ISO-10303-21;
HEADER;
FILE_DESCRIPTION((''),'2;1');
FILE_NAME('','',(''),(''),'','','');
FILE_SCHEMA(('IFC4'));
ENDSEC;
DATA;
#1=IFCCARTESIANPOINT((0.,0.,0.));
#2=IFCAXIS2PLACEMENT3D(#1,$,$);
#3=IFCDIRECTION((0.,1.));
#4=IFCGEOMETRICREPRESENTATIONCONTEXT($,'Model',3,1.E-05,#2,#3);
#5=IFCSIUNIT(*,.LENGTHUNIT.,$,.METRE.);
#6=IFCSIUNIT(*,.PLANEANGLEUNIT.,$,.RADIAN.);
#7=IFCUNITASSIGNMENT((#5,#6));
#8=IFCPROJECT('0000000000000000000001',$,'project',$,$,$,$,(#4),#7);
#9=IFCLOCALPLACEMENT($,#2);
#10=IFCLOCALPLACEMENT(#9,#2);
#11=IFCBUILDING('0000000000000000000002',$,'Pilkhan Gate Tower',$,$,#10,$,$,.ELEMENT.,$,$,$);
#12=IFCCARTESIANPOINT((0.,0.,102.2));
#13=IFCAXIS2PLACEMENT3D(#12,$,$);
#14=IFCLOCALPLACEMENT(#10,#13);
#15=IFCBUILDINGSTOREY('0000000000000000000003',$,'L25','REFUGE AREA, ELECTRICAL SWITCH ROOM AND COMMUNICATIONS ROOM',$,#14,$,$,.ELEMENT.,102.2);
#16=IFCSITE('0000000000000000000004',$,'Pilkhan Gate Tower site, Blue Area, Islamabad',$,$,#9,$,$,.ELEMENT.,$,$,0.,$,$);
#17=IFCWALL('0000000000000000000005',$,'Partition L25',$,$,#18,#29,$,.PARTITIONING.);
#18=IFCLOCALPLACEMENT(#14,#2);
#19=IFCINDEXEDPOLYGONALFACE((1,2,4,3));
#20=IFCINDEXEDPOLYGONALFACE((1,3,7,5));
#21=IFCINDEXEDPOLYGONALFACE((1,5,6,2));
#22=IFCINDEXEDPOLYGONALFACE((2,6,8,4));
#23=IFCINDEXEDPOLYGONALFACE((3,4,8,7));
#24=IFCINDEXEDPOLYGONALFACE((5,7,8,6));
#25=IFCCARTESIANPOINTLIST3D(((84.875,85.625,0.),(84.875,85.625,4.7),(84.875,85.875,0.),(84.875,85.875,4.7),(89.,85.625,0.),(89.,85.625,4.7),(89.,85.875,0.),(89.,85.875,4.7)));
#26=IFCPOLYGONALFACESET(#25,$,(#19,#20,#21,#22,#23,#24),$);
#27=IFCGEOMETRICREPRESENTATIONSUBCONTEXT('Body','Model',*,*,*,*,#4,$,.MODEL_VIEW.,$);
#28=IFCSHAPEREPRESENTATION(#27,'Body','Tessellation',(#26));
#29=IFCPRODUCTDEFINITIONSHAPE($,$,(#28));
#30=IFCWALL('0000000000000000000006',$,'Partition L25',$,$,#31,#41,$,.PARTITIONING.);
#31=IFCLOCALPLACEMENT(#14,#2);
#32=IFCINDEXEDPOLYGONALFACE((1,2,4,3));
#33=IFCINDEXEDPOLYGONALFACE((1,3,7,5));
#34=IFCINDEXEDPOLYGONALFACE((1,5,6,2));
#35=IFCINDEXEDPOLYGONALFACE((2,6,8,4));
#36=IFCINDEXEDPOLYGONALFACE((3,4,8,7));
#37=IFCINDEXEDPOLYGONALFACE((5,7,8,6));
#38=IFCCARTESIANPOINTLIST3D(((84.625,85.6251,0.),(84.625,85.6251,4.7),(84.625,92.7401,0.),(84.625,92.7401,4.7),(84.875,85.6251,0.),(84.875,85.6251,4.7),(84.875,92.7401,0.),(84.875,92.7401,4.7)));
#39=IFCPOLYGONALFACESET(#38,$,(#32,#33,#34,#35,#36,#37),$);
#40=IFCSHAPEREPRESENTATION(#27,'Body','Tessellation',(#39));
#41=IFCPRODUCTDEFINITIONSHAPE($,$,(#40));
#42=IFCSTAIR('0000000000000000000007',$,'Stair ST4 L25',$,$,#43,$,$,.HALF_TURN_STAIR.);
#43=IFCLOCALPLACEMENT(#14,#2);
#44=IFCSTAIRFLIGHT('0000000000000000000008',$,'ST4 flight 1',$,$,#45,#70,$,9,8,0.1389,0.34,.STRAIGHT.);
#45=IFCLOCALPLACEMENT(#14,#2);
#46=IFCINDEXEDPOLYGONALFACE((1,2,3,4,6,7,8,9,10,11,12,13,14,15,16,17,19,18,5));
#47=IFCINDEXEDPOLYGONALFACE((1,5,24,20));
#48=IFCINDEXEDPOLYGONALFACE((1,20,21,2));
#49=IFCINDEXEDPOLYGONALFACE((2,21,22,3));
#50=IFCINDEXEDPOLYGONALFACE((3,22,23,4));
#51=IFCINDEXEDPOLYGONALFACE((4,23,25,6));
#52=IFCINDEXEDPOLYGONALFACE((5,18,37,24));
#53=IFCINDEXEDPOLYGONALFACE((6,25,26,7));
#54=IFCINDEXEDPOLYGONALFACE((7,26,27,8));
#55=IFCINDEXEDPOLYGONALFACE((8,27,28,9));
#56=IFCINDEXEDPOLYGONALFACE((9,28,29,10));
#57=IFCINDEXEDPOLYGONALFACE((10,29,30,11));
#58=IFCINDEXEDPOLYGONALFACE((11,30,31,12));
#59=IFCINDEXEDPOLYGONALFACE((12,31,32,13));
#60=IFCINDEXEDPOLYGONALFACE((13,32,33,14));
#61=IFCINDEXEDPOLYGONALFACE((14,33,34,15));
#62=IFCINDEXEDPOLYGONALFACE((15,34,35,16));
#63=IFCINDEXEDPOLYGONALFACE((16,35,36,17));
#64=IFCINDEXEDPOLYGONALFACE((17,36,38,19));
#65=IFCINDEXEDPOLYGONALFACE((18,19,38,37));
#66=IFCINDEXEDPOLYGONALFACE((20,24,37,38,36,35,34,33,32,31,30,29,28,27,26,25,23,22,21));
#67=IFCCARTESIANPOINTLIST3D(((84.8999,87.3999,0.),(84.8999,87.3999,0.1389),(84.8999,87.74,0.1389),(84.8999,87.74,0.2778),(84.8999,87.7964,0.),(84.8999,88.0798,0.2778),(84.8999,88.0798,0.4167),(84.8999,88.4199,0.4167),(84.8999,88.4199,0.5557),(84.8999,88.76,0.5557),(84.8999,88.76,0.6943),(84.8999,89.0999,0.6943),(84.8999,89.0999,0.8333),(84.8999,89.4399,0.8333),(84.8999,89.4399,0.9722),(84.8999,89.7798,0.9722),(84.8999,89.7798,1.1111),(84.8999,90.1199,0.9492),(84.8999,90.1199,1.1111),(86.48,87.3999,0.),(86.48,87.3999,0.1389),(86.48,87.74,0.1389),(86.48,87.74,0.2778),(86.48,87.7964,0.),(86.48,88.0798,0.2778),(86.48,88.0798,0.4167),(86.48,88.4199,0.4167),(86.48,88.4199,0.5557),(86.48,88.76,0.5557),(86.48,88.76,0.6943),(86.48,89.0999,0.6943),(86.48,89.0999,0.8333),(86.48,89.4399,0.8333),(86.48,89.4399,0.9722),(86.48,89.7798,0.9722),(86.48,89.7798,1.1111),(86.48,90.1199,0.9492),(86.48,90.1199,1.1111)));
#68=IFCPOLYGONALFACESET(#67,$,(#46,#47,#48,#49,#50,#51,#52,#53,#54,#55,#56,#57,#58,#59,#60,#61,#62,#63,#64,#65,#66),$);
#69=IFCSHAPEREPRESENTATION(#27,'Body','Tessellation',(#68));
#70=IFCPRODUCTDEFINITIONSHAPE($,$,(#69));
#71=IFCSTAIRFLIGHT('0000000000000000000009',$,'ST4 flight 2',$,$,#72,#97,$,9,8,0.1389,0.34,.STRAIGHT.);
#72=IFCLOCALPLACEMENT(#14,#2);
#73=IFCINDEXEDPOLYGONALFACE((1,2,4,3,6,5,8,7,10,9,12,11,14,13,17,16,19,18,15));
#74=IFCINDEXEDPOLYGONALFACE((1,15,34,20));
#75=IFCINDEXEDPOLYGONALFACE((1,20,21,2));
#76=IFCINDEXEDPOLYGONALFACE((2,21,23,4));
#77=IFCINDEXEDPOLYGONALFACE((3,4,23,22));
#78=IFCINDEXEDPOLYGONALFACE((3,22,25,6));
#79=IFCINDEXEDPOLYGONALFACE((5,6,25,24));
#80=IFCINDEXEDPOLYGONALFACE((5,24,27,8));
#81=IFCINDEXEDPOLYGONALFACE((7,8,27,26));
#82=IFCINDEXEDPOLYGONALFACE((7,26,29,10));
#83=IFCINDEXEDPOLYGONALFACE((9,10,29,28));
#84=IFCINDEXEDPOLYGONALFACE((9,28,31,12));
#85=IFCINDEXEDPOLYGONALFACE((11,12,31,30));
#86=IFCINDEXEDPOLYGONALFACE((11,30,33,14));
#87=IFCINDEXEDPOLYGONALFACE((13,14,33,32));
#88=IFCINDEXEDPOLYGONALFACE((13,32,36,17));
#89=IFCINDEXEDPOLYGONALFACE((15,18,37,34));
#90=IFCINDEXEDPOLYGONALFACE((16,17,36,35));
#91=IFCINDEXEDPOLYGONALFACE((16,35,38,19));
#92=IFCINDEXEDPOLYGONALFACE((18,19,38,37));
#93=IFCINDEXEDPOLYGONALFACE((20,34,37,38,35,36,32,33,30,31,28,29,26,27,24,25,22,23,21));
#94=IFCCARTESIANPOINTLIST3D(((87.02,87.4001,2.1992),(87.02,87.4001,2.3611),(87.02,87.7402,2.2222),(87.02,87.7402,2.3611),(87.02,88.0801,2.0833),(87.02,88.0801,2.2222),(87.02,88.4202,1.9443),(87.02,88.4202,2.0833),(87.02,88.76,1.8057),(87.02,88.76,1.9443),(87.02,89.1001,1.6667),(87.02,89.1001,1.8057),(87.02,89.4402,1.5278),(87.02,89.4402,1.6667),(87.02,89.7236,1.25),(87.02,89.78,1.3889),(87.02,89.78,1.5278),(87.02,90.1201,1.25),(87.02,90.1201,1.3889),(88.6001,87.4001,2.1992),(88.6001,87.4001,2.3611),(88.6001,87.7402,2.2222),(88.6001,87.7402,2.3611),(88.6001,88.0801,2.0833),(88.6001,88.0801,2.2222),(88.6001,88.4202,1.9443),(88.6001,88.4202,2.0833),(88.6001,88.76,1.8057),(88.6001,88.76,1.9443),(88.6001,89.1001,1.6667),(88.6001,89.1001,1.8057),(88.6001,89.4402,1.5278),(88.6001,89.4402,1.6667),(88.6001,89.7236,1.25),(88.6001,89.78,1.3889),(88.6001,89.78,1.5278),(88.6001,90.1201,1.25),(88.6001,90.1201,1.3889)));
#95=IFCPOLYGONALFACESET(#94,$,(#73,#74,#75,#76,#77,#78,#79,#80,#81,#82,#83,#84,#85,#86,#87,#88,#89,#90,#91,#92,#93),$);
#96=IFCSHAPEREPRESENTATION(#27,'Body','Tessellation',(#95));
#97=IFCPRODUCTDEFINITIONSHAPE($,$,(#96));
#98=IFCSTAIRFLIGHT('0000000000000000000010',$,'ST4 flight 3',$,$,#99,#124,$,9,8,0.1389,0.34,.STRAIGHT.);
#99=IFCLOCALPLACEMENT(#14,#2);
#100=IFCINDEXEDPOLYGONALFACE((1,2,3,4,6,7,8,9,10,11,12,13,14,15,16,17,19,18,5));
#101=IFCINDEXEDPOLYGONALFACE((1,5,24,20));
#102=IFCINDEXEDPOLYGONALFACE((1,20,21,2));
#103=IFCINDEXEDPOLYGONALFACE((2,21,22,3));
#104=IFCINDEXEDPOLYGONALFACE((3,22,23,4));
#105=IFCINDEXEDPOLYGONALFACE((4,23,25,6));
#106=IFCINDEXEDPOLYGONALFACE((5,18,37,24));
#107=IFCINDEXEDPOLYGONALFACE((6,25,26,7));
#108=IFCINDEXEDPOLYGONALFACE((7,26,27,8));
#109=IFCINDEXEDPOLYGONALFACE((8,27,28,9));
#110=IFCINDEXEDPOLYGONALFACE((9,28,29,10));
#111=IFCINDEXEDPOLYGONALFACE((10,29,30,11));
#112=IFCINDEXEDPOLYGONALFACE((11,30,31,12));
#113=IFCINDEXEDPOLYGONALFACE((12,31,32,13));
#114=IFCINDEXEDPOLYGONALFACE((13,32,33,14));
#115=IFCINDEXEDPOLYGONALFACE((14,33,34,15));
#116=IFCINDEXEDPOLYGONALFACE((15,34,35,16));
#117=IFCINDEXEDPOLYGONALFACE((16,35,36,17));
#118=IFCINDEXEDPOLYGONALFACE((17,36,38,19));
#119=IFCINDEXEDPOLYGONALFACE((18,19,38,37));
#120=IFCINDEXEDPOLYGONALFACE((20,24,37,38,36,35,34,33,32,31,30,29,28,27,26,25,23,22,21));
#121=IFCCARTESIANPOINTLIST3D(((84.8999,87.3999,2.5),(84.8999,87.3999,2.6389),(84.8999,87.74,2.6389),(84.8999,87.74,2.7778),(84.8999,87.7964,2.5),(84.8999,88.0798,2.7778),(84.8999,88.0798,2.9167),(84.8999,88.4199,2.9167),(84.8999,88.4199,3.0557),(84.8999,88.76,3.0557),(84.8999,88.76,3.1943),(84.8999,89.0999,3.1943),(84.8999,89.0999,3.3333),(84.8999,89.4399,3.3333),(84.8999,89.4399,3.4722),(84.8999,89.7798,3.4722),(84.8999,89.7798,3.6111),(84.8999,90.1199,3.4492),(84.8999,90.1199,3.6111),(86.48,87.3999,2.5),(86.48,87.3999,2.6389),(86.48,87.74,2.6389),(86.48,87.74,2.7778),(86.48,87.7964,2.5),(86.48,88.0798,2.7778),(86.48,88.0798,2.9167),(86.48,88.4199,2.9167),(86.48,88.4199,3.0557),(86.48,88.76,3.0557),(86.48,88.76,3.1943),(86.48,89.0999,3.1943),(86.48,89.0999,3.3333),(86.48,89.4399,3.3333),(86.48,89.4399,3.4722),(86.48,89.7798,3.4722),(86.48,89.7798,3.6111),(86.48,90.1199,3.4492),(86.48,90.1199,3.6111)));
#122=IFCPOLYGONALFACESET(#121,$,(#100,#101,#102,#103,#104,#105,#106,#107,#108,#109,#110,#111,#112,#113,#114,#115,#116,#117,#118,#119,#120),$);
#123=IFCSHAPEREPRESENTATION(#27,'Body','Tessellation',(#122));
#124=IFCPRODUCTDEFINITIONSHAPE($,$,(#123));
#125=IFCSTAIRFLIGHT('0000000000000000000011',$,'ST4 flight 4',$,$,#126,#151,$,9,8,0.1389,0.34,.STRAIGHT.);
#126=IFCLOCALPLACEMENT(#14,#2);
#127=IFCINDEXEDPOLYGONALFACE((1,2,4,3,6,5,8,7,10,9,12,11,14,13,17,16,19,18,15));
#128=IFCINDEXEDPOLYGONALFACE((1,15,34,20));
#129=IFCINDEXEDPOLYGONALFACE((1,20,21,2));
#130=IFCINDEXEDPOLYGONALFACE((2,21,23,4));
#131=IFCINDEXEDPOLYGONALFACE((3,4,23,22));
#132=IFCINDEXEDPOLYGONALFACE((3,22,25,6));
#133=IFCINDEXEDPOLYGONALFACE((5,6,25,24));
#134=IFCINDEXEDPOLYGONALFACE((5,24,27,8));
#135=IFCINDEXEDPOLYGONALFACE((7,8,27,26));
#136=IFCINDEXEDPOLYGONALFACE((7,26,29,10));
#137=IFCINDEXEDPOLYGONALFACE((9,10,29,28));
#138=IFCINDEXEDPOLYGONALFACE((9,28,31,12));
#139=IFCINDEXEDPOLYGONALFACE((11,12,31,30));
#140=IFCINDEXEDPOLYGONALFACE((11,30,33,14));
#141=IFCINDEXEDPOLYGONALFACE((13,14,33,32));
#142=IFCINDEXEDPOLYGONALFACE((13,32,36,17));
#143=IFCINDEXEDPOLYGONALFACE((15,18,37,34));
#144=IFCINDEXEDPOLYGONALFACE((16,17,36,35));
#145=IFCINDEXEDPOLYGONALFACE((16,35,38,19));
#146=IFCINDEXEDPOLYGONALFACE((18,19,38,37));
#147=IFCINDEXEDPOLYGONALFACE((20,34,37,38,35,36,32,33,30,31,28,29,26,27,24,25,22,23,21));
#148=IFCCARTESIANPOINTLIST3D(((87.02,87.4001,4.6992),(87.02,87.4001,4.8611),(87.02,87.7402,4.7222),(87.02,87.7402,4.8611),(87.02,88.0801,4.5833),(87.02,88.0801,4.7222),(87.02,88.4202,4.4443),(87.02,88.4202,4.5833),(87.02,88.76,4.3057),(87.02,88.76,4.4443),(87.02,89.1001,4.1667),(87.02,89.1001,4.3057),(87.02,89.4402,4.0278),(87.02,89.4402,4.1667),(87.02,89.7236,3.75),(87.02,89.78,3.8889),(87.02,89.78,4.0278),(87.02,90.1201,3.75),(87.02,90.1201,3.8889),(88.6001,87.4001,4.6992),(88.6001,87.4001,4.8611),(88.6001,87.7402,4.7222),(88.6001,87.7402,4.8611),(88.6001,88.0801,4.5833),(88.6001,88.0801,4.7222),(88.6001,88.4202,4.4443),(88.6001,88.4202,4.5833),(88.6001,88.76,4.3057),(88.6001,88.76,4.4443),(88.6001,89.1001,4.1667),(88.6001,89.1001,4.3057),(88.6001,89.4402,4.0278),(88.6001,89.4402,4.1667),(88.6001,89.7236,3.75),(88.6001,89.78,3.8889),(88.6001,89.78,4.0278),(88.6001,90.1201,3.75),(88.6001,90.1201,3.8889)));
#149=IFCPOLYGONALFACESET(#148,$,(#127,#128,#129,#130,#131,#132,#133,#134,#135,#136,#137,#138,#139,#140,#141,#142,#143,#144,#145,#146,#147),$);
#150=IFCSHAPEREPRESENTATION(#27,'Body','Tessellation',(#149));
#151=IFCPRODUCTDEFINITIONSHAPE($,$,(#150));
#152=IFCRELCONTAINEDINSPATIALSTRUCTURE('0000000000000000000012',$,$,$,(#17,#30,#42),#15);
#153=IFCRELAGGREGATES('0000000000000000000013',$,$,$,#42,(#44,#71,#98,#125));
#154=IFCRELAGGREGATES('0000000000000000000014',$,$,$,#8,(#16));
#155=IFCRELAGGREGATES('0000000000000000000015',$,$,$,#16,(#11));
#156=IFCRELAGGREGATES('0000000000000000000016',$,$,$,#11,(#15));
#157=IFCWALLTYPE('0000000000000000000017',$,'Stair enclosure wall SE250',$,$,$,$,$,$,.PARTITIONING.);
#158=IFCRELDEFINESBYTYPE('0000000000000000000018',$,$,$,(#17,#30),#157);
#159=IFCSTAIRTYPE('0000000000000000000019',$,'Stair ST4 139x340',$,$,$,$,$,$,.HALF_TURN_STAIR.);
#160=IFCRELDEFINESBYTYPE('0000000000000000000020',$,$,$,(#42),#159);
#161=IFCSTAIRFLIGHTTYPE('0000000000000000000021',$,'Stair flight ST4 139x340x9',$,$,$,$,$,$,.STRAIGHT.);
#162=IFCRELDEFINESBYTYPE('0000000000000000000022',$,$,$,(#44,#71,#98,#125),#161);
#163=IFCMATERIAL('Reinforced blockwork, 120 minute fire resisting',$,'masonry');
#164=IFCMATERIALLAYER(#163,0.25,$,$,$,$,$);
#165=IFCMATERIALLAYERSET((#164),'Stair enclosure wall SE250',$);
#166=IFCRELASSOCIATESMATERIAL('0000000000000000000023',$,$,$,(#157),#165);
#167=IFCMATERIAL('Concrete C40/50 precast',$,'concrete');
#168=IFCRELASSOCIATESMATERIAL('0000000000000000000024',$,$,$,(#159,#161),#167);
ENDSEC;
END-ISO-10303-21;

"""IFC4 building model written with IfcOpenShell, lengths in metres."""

from ifc_helpers import new_model, si_unit, direction, frame, frame_2d, origin, place, context, subcontext, project, spatial, polyline, rectangle, outline, extrude, material, layer, layer_set, type_object, element, aggregate, save


model = new_model("IFC4")

# Units and contexts
model_context = context("Model", 3, precision=1e-05, world=origin(), true_north=direction((0.0, 1.0)))
body_context = subcontext(model_context, "Body", "Model", "MODEL_VIEW")
ifc_project = project(units=[si_unit("LENGTHUNIT", "METRE"), si_unit("PLANEANGLEUNIT", "RADIAN")], contexts=[model_context])

# Site, building, storey
site_placement = place(None, origin())
site = spatial("IfcSite", under=ifc_project, at=site_placement, Name="Pilkhan Gate Tower site, Blue Area, Islamabad", CompositionType="ELEMENT", RefElevation=0.0)
building_placement = place(site_placement, origin())
building = spatial("IfcBuilding", under=site, at=building_placement, Name="Pilkhan Gate Tower", CompositionType="ELEMENT")
storey_placement = place(building_placement, frame((0.0, 0.0, 102.2)))
storey = spatial("IfcBuildingStorey", under=building, at=storey_placement, Name="L25", Description="REFUGE AREA, ELECTRICAL SWITCH ROOM AND COMMUNICATIONS ROOM", CompositionType="ELEMENT", Elevation=102.2)

# Walls
ifc_material_1 = material(Name="Reinforced blockwork, 120 minute fire resisting", Category="masonry")
ifc_layer_1 = layer(ifc_material_1, 0.25)
ifc_layer_set_1 = layer_set([ifc_layer_1], Name="Stair enclosure wall SE250")
wall_type_1 = type_object("IfcWallType", Name="Stair enclosure wall SE250", PredefinedType="PARTITIONING", material=ifc_layer_set_1)
wall_1_placement = place(storey_placement, frame((84.875, 85.75, 0.0), z_axis=(0.0, 0.0, 1.0), x_axis=(1.0, 0.0, 0.0)))
element("IfcWall", 1, at=wall_1_placement, inside=storey, type_object=wall_type_1, Name="Partition L25", PredefinedType="PARTITIONING", context=body_context, shape_type="SweptSolid", body=[
    extrude(rectangle(XDim=4.125, YDim=0.25, at=frame_2d((2.0625, 0.0))), origin(), (0.0, 0.0, 1.0), 4.7),
])
wall_2_placement = place(storey_placement, frame((84.75, 85.625, 0.0), z_axis=(0.0, 0.0, 1.0), x_axis=(0.0, 1.0, 0.0)))
element("IfcWall", 2, at=wall_2_placement, inside=storey, type_object=wall_type_1, Name="Partition L25", PredefinedType="PARTITIONING", context=body_context, shape_type="SweptSolid", body=[
    extrude(rectangle(XDim=7.115, YDim=0.25, at=frame_2d((3.5576, 0.0))), origin(), (0.0, 0.0, 1.0), 4.7),
])

# Stair, stair flights
ifc_material_2 = material(Name="Concrete C40/50 precast", Category="concrete")
stair_type = type_object("IfcStairType", Name="Stair ST4 139x340", PredefinedType="HALF_TURN_STAIR", material=ifc_material_2)
stair_placement = place(storey_placement, origin())
stair = element("IfcStair", 3, at=stair_placement, inside=storey, type_object=stair_type, Name="Stair ST4 L25", PredefinedType="HALF_TURN_STAIR")
stair_flight_type = type_object("IfcStairFlightType", Name="Stair flight ST4 139x340x9", PredefinedType="STRAIGHT", material=ifc_material_2)
stair_flight_1_placement = place(storey_placement, frame((85.6899, 87.3999, 0.0), z_axis=(0.0, 0.0, 1.0), x_axis=(0.0, 1.0, 0.0)))
stair_flight_1 = element("IfcStairFlight", 4, at=stair_flight_1_placement, type_object=stair_flight_type, Name="ST4 flight 1", NumberOfRisers=9, NumberOfTreads=8, PredefinedType="STRAIGHT", RiserHeight=0.1389, TreadLength=0.34, context=body_context, shape_type="SweptSolid", body=[
    extrude(outline(polyline([(0.0, 0.0), (0.0, 0.1389), (0.3401, 0.1389), (0.3401, 0.2778), (0.6799, 0.2778), (0.6799, 0.4167), (1.02, 0.4167), (1.02, 0.5557), (1.3601, 0.5557), (1.3601, 0.6943), (1.7, 0.6943), (1.7, 0.8333), (2.04, 0.8333), (2.04, 0.9722), (2.3799, 0.9722), (2.3799, 1.1111), (2.72, 1.1111), (2.72, 1.25), (2.72, 0.9492), (0.3965, 0.0), (0.0, 0.0)])), frame((0.0, 0.79, 0.0), z_axis=(0.0, -1.0, 0.0), x_axis=(1.0, 0.0, 0.0)), (0.0, 0.0, 1.0), 1.5801),
])
stair_flight_2_placement = place(storey_placement, frame((87.8101, 90.1201, 1.25), z_axis=(0.0, 0.0, 1.0), x_axis=(0.0, -1.0, 0.0)))
stair_flight_2 = element("IfcStairFlight", 5, at=stair_flight_2_placement, type_object=stair_flight_type, Name="ST4 flight 2", NumberOfRisers=9, NumberOfTreads=8, PredefinedType="STRAIGHT", RiserHeight=0.1389, TreadLength=0.34, context=body_context, shape_type="SweptSolid", body=[
    extrude(outline(polyline([(0.0, 0.0), (0.0, 0.1389), (0.3401, 0.1389), (0.3401, 0.2778), (0.6799, 0.2778), (0.6799, 0.4167), (1.02, 0.4167), (1.02, 0.5557), (1.3601, 0.5557), (1.3601, 0.6943), (1.7, 0.6943), (1.7, 0.8333), (2.04, 0.8333), (2.04, 0.9722), (2.3799, 0.9722), (2.3799, 1.1111), (2.72, 1.1111), (2.72, 1.25), (2.72, 0.9492), (0.3965, 0.0), (0.0, 0.0)])), frame((0.0, 0.79, 0.0), z_axis=(0.0, -1.0, 0.0), x_axis=(1.0, 0.0, 0.0)), (0.0, 0.0, 1.0), 1.5801),
])
stair_flight_3_placement = place(storey_placement, frame((85.6899, 87.3999, 2.5), z_axis=(0.0, 0.0, 1.0), x_axis=(0.0, 1.0, 0.0)))
stair_flight_3 = element("IfcStairFlight", 6, at=stair_flight_3_placement, type_object=stair_flight_type, Name="ST4 flight 3", NumberOfRisers=9, NumberOfTreads=8, PredefinedType="STRAIGHT", RiserHeight=0.1389, TreadLength=0.34, context=body_context, shape_type="SweptSolid", body=[
    extrude(outline(polyline([(0.0, 0.0), (0.0, 0.1389), (0.3401, 0.1389), (0.3401, 0.2778), (0.6799, 0.2778), (0.6799, 0.4167), (1.02, 0.4167), (1.02, 0.5557), (1.3601, 0.5557), (1.3601, 0.6943), (1.7, 0.6943), (1.7, 0.8333), (2.04, 0.8333), (2.04, 0.9722), (2.3799, 0.9722), (2.3799, 1.1111), (2.72, 1.1111), (2.72, 1.25), (2.72, 0.9492), (0.3965, 0.0), (0.0, 0.0)])), frame((0.0, 0.79, 0.0), z_axis=(0.0, -1.0, 0.0), x_axis=(1.0, 0.0, 0.0)), (0.0, 0.0, 1.0), 1.5801),
])
stair_flight_4_placement = place(storey_placement, frame((87.8101, 90.1201, 3.75), z_axis=(0.0, 0.0, 1.0), x_axis=(0.0, -1.0, 0.0)))
stair_flight_4 = element("IfcStairFlight", 7, at=stair_flight_4_placement, type_object=stair_flight_type, Name="ST4 flight 4", NumberOfRisers=9, NumberOfTreads=8, PredefinedType="STRAIGHT", RiserHeight=0.1389, TreadLength=0.34, context=body_context, shape_type="SweptSolid", body=[
    extrude(outline(polyline([(0.0, 0.0), (0.0, 0.1389), (0.3401, 0.1389), (0.3401, 0.2778), (0.6799, 0.2778), (0.6799, 0.4167), (1.02, 0.4167), (1.02, 0.5557), (1.3601, 0.5557), (1.3601, 0.6943), (1.7, 0.6943), (1.7, 0.8333), (2.04, 0.8333), (2.04, 0.9722), (2.3799, 0.9722), (2.3799, 1.1111), (2.72, 1.1111), (2.72, 1.25), (2.72, 0.9492), (0.3965, 0.0), (0.0, 0.0)])), frame((0.0, 0.79, 0.0), z_axis=(0.0, -1.0, 0.0), x_axis=(1.0, 0.0, 0.0)), (0.0, 0.0, 1.0), 1.5801),
])
aggregate(stair, [stair_flight_1, stair_flight_2, stair_flight_3, stair_flight_4])

save(model, "model.ifc")
